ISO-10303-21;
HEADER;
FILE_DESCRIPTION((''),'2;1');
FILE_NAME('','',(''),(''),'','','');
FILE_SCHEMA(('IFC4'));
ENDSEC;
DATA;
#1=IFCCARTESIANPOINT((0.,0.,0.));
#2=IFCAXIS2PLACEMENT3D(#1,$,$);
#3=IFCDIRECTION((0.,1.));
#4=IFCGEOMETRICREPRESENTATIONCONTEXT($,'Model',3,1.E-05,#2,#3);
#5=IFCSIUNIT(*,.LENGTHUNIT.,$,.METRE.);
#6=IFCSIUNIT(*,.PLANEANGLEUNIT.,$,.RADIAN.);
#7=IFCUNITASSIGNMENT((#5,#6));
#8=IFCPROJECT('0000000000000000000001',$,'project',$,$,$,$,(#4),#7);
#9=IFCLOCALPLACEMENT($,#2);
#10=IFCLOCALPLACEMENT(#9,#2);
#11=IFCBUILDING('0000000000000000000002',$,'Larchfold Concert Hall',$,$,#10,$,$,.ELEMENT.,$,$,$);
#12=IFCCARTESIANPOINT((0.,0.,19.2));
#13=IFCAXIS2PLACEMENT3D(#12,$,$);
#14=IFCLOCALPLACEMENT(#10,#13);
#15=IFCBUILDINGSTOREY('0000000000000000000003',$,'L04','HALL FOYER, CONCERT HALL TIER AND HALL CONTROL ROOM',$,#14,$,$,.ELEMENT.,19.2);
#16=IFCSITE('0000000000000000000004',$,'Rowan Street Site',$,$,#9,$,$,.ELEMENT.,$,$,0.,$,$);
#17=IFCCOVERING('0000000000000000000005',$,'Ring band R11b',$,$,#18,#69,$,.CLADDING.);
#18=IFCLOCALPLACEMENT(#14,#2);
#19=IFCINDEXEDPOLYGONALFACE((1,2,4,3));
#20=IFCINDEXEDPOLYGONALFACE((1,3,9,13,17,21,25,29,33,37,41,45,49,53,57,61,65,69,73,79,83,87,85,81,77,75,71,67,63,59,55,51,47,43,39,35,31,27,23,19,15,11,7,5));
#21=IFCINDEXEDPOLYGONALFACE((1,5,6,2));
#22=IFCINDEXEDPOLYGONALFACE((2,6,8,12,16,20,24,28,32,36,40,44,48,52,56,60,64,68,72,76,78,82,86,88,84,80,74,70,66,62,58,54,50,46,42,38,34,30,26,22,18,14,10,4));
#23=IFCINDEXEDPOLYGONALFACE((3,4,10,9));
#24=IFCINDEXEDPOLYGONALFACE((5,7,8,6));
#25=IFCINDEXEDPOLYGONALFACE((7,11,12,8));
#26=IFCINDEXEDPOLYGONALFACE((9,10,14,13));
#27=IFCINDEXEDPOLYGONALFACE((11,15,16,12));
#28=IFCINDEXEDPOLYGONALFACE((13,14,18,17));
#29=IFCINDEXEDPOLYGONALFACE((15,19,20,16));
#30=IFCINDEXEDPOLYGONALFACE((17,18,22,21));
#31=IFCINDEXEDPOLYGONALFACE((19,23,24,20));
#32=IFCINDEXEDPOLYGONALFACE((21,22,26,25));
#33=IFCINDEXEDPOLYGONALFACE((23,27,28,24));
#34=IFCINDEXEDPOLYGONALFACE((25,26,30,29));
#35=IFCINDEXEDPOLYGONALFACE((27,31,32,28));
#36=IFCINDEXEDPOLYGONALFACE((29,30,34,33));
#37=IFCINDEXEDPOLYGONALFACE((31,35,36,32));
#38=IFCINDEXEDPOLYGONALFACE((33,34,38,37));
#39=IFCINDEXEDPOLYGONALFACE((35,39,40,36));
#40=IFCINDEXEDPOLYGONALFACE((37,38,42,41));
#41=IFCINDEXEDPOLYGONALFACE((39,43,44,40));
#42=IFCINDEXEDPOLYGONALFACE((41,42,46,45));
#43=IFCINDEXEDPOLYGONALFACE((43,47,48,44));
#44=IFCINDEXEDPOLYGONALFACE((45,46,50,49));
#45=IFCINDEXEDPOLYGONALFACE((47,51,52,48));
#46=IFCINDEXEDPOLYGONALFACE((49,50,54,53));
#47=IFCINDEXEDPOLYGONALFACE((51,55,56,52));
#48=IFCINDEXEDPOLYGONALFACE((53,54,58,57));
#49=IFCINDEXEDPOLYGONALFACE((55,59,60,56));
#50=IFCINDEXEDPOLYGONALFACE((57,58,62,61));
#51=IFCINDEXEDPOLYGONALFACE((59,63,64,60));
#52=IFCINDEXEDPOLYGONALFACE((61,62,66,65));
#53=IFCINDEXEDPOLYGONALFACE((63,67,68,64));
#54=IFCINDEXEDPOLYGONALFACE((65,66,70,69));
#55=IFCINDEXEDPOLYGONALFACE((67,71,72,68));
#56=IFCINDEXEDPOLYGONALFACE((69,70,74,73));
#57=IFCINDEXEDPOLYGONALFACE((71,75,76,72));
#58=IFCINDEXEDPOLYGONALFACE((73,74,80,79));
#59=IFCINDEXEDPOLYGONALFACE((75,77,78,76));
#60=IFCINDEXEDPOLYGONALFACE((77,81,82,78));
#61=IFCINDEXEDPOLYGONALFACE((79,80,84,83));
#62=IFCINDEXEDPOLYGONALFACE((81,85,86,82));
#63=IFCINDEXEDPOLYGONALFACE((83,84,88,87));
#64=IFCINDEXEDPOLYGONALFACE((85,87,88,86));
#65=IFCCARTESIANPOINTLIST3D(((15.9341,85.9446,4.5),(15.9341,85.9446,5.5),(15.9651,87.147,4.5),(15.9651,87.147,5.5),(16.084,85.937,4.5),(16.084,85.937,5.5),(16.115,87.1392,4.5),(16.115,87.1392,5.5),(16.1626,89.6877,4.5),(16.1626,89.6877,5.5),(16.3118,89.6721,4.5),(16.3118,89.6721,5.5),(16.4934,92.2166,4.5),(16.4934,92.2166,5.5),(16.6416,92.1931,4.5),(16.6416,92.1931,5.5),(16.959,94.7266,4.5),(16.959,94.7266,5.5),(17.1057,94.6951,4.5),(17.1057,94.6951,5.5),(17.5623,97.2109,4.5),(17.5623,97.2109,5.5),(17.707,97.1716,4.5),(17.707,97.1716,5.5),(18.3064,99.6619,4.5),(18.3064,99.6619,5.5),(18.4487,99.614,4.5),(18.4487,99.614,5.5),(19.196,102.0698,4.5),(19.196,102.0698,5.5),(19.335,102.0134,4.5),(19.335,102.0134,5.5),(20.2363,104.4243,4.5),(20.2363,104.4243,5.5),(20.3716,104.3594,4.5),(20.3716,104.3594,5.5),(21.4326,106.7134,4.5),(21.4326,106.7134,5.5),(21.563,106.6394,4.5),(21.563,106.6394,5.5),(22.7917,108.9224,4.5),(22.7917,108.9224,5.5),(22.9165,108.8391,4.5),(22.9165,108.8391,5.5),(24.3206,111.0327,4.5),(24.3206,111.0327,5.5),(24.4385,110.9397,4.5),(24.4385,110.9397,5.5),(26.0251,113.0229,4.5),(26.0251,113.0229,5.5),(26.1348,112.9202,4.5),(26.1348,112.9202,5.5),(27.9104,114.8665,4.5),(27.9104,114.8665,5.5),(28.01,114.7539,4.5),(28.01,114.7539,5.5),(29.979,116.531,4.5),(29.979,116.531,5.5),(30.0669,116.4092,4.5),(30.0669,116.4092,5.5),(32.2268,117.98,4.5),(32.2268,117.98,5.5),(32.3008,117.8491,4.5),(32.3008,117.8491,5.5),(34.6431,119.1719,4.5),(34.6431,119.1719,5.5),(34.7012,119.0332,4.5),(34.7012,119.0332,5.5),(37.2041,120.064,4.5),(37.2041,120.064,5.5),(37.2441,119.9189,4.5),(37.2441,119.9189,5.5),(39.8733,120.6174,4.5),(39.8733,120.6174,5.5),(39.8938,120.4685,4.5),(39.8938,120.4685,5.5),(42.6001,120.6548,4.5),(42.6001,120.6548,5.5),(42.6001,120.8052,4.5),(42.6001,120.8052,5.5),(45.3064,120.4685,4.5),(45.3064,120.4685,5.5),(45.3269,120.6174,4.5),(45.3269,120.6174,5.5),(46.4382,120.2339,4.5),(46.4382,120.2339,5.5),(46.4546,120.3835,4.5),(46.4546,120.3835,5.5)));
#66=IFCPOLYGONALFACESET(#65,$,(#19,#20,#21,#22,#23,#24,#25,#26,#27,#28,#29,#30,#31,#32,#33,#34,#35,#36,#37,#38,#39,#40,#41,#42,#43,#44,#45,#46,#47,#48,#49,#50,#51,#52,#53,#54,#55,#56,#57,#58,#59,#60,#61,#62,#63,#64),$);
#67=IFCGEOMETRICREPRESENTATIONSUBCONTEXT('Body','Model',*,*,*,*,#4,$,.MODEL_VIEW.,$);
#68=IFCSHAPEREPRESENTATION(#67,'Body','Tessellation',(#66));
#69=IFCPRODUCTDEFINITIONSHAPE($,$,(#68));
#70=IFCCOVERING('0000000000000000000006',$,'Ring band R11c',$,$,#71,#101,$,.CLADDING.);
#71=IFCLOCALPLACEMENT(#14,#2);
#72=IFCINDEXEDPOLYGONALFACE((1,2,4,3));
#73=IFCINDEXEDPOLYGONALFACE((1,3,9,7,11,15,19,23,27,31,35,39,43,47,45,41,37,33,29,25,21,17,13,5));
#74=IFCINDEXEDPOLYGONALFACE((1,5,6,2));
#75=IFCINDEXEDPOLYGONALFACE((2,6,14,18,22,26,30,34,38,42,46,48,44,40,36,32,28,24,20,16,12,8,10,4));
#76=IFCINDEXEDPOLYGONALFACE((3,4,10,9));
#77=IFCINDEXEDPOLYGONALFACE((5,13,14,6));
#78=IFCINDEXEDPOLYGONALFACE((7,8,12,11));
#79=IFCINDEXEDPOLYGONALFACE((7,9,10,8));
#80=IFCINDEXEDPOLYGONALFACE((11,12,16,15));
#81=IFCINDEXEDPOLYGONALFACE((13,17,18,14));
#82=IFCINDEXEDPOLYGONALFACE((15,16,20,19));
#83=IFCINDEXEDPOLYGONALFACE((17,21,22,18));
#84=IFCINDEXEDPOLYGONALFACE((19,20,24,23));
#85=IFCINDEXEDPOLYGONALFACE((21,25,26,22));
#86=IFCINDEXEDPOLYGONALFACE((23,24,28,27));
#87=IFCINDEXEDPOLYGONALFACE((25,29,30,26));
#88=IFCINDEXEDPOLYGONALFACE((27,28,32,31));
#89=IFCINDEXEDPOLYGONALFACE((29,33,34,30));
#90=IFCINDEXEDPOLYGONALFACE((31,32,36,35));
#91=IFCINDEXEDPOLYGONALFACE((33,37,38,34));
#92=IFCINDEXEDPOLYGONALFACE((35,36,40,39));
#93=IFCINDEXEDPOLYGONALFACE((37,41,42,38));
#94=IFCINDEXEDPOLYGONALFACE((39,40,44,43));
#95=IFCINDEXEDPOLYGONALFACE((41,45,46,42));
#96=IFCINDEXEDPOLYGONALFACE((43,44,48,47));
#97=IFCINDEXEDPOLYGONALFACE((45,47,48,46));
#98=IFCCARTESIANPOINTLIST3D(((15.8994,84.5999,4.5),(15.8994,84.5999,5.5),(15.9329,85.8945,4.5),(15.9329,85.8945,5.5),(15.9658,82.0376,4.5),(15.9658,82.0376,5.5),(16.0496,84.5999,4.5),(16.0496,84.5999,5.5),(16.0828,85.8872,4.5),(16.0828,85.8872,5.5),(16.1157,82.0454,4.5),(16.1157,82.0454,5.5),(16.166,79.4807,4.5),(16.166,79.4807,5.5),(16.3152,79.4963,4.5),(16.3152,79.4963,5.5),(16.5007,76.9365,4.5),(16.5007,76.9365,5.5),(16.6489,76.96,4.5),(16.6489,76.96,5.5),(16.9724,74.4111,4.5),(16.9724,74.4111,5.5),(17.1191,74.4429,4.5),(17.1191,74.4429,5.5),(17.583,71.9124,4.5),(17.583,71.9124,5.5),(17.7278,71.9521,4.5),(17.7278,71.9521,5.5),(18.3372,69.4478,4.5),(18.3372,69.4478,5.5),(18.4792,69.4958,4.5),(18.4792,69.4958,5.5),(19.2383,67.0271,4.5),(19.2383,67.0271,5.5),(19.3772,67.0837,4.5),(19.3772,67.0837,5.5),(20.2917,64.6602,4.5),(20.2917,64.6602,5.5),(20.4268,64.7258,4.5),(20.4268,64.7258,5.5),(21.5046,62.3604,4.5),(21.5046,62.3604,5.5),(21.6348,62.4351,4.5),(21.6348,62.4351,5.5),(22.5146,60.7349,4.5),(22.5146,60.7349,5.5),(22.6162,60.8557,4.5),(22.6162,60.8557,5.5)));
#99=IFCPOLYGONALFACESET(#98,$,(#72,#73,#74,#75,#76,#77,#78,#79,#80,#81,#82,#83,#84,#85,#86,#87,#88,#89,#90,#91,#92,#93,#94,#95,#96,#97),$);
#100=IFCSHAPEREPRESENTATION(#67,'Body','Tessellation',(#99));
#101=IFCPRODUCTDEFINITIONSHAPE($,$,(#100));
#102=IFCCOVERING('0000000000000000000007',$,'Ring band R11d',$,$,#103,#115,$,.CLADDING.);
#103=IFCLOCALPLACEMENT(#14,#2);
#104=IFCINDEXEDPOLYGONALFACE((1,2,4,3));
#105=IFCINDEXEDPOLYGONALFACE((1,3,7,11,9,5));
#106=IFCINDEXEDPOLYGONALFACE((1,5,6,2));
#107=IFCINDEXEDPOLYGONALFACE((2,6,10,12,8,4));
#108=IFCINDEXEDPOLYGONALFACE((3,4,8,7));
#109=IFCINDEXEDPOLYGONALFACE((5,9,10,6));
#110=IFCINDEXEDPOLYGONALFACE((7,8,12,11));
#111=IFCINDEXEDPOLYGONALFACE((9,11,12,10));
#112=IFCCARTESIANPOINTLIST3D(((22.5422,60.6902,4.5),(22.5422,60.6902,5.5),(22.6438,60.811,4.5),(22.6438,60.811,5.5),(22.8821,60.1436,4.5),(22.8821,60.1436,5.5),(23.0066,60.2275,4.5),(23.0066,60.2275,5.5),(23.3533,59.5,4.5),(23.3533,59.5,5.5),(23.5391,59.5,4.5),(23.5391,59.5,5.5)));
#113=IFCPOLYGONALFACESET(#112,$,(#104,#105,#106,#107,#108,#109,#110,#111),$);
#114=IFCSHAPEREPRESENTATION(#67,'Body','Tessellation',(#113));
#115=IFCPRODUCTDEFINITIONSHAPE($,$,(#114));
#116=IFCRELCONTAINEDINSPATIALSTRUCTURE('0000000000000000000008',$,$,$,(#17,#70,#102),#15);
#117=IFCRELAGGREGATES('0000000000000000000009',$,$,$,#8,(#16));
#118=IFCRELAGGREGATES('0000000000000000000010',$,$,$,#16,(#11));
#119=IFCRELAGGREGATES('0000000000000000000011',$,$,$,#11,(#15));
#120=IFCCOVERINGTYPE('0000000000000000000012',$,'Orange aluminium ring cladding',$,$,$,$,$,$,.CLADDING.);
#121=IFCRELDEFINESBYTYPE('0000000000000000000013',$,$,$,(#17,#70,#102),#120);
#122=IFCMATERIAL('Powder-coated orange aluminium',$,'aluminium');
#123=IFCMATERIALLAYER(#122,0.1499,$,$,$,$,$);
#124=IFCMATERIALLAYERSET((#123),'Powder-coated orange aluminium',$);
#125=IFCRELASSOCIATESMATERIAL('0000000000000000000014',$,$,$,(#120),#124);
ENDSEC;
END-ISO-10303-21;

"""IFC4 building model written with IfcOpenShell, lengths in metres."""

from ifc_helpers import new_model, si_unit, direction, frame, origin, place, context, subcontext, project, spatial, polyline, outline, extrude, material, layer, layer_set, type_object, element, save


model = new_model("IFC4")

# Units and contexts
model_context = context("Model", 3, precision=1e-05, world=origin(), true_north=direction((0.0, 1.0)))
body_context = subcontext(model_context, "Body", "Model", "MODEL_VIEW")
ifc_project = project(units=[si_unit("LENGTHUNIT", "METRE"), si_unit("PLANEANGLEUNIT", "RADIAN")], contexts=[model_context])

# Site, building, storey
site_placement = place(None, origin())
site = spatial("IfcSite", under=ifc_project, at=site_placement, Name="Rowan Street Site", CompositionType="ELEMENT", RefElevation=0.0)
building_placement = place(site_placement, origin())
building = spatial("IfcBuilding", under=site, at=building_placement, Name="Larchfold Concert Hall", CompositionType="ELEMENT")
storey_placement = place(building_placement, frame((0.0, 0.0, 19.2)))
storey = spatial("IfcBuildingStorey", under=building, at=storey_placement, Name="L04", Description="HALL FOYER, CONCERT HALL TIER AND HALL CONTROL ROOM", CompositionType="ELEMENT", Elevation=19.2)

# Coverings
ifc_material_1 = material(Name="Powder-coated orange aluminium", Category="aluminium")
ifc_layer_1 = layer(ifc_material_1, 0.1499)
ifc_layer_set_1 = layer_set([ifc_layer_1], Name="Powder-coated orange aluminium")
covering_type = type_object("IfcCoveringType", Name="Orange aluminium ring cladding", PredefinedType="CLADDING", material=ifc_layer_set_1)
covering_1_placement = place(storey_placement, frame((0.0, 0.0, 4.5)))
element("IfcCovering", 1, at=covering_1_placement, inside=storey, type_object=covering_type, Name="Ring band R11b", PredefinedType="CLADDING", context=body_context, shape_type="SweptSolid", body=[
    extrude(outline(polyline([(42.6001, 120.6548), (45.3064, 120.4685), (46.4382, 120.2339), (46.4546, 120.3835), (45.3269, 120.6174), (42.6001, 120.8052), (39.8733, 120.6174), (37.2041, 120.064), (34.6431, 119.1719), (32.2268, 117.98), (29.979, 116.531), (27.9104, 114.8665), (26.0251, 113.0229), (24.3206, 111.0327), (22.7917, 108.9224), (21.4326, 106.7134), (20.2363, 104.4243), (19.196, 102.0698), (18.3064, 99.6619), (17.5623, 97.2109), (16.959, 94.7266), (16.4934, 92.2166), (16.1626, 89.6877), (15.9651, 87.147), (15.9341, 85.9446), (16.084, 85.937), (16.115, 87.1392), (16.3118, 89.6721), (16.6416, 92.1931), (17.1057, 94.6951), (17.707, 97.1716), (18.4487, 99.614), (19.335, 102.0134), (20.3716, 104.3594), (21.563, 106.6394), (22.9165, 108.8391), (24.4385, 110.9397), (26.1348, 112.9202), (28.01, 114.7539), (30.0669, 116.4092), (32.3008, 117.8491), (34.7012, 119.0332), (37.2441, 119.9189), (39.8938, 120.4685), (42.6001, 120.6548)])), origin(), (0.0, 0.0, 1.0), 1.0),
])
covering_2_placement = place(storey_placement, frame((0.0, 0.0, 4.5)))
element("IfcCovering", 2, at=covering_2_placement, inside=storey, type_object=covering_type, Name="Ring band R11c", PredefinedType="CLADDING", context=body_context, shape_type="SweptSolid", body=[
    extrude(outline(polyline([(16.0496, 84.5999), (16.0828, 85.8872), (15.9329, 85.8945), (15.8994, 84.5999), (15.9658, 82.0376), (16.166, 79.4807), (16.5007, 76.9365), (16.9724, 74.4111), (17.583, 71.9124), (18.3372, 69.4478), (19.2383, 67.0271), (20.2917, 64.6602), (21.5046, 62.3604), (22.5146, 60.7349), (22.6162, 60.8557), (21.6348, 62.4351), (20.4268, 64.7258), (19.3772, 67.0837), (18.4792, 69.4958), (17.7278, 71.9521), (17.1191, 74.4429), (16.6489, 76.96), (16.3152, 79.4963), (16.1157, 82.0454), (16.0496, 84.5999)])), origin(), (0.0, 0.0, 1.0), 1.0),
])
covering_3_placement = place(storey_placement, frame((0.0, 0.0, 4.5)))
element("IfcCovering", 3, at=covering_3_placement, inside=storey, type_object=covering_type, Name="Ring band R11d", PredefinedType="CLADDING", context=body_context, shape_type="SweptSolid", body=[
    extrude(outline(polyline([(22.6438, 60.811), (22.5422, 60.6902), (22.8821, 60.1436), (23.3533, 59.5), (23.5391, 59.5), (23.0066, 60.2275), (22.6438, 60.811)])), origin(), (0.0, 0.0, 1.0), 1.0),
])

save(model, "model.ifc")
